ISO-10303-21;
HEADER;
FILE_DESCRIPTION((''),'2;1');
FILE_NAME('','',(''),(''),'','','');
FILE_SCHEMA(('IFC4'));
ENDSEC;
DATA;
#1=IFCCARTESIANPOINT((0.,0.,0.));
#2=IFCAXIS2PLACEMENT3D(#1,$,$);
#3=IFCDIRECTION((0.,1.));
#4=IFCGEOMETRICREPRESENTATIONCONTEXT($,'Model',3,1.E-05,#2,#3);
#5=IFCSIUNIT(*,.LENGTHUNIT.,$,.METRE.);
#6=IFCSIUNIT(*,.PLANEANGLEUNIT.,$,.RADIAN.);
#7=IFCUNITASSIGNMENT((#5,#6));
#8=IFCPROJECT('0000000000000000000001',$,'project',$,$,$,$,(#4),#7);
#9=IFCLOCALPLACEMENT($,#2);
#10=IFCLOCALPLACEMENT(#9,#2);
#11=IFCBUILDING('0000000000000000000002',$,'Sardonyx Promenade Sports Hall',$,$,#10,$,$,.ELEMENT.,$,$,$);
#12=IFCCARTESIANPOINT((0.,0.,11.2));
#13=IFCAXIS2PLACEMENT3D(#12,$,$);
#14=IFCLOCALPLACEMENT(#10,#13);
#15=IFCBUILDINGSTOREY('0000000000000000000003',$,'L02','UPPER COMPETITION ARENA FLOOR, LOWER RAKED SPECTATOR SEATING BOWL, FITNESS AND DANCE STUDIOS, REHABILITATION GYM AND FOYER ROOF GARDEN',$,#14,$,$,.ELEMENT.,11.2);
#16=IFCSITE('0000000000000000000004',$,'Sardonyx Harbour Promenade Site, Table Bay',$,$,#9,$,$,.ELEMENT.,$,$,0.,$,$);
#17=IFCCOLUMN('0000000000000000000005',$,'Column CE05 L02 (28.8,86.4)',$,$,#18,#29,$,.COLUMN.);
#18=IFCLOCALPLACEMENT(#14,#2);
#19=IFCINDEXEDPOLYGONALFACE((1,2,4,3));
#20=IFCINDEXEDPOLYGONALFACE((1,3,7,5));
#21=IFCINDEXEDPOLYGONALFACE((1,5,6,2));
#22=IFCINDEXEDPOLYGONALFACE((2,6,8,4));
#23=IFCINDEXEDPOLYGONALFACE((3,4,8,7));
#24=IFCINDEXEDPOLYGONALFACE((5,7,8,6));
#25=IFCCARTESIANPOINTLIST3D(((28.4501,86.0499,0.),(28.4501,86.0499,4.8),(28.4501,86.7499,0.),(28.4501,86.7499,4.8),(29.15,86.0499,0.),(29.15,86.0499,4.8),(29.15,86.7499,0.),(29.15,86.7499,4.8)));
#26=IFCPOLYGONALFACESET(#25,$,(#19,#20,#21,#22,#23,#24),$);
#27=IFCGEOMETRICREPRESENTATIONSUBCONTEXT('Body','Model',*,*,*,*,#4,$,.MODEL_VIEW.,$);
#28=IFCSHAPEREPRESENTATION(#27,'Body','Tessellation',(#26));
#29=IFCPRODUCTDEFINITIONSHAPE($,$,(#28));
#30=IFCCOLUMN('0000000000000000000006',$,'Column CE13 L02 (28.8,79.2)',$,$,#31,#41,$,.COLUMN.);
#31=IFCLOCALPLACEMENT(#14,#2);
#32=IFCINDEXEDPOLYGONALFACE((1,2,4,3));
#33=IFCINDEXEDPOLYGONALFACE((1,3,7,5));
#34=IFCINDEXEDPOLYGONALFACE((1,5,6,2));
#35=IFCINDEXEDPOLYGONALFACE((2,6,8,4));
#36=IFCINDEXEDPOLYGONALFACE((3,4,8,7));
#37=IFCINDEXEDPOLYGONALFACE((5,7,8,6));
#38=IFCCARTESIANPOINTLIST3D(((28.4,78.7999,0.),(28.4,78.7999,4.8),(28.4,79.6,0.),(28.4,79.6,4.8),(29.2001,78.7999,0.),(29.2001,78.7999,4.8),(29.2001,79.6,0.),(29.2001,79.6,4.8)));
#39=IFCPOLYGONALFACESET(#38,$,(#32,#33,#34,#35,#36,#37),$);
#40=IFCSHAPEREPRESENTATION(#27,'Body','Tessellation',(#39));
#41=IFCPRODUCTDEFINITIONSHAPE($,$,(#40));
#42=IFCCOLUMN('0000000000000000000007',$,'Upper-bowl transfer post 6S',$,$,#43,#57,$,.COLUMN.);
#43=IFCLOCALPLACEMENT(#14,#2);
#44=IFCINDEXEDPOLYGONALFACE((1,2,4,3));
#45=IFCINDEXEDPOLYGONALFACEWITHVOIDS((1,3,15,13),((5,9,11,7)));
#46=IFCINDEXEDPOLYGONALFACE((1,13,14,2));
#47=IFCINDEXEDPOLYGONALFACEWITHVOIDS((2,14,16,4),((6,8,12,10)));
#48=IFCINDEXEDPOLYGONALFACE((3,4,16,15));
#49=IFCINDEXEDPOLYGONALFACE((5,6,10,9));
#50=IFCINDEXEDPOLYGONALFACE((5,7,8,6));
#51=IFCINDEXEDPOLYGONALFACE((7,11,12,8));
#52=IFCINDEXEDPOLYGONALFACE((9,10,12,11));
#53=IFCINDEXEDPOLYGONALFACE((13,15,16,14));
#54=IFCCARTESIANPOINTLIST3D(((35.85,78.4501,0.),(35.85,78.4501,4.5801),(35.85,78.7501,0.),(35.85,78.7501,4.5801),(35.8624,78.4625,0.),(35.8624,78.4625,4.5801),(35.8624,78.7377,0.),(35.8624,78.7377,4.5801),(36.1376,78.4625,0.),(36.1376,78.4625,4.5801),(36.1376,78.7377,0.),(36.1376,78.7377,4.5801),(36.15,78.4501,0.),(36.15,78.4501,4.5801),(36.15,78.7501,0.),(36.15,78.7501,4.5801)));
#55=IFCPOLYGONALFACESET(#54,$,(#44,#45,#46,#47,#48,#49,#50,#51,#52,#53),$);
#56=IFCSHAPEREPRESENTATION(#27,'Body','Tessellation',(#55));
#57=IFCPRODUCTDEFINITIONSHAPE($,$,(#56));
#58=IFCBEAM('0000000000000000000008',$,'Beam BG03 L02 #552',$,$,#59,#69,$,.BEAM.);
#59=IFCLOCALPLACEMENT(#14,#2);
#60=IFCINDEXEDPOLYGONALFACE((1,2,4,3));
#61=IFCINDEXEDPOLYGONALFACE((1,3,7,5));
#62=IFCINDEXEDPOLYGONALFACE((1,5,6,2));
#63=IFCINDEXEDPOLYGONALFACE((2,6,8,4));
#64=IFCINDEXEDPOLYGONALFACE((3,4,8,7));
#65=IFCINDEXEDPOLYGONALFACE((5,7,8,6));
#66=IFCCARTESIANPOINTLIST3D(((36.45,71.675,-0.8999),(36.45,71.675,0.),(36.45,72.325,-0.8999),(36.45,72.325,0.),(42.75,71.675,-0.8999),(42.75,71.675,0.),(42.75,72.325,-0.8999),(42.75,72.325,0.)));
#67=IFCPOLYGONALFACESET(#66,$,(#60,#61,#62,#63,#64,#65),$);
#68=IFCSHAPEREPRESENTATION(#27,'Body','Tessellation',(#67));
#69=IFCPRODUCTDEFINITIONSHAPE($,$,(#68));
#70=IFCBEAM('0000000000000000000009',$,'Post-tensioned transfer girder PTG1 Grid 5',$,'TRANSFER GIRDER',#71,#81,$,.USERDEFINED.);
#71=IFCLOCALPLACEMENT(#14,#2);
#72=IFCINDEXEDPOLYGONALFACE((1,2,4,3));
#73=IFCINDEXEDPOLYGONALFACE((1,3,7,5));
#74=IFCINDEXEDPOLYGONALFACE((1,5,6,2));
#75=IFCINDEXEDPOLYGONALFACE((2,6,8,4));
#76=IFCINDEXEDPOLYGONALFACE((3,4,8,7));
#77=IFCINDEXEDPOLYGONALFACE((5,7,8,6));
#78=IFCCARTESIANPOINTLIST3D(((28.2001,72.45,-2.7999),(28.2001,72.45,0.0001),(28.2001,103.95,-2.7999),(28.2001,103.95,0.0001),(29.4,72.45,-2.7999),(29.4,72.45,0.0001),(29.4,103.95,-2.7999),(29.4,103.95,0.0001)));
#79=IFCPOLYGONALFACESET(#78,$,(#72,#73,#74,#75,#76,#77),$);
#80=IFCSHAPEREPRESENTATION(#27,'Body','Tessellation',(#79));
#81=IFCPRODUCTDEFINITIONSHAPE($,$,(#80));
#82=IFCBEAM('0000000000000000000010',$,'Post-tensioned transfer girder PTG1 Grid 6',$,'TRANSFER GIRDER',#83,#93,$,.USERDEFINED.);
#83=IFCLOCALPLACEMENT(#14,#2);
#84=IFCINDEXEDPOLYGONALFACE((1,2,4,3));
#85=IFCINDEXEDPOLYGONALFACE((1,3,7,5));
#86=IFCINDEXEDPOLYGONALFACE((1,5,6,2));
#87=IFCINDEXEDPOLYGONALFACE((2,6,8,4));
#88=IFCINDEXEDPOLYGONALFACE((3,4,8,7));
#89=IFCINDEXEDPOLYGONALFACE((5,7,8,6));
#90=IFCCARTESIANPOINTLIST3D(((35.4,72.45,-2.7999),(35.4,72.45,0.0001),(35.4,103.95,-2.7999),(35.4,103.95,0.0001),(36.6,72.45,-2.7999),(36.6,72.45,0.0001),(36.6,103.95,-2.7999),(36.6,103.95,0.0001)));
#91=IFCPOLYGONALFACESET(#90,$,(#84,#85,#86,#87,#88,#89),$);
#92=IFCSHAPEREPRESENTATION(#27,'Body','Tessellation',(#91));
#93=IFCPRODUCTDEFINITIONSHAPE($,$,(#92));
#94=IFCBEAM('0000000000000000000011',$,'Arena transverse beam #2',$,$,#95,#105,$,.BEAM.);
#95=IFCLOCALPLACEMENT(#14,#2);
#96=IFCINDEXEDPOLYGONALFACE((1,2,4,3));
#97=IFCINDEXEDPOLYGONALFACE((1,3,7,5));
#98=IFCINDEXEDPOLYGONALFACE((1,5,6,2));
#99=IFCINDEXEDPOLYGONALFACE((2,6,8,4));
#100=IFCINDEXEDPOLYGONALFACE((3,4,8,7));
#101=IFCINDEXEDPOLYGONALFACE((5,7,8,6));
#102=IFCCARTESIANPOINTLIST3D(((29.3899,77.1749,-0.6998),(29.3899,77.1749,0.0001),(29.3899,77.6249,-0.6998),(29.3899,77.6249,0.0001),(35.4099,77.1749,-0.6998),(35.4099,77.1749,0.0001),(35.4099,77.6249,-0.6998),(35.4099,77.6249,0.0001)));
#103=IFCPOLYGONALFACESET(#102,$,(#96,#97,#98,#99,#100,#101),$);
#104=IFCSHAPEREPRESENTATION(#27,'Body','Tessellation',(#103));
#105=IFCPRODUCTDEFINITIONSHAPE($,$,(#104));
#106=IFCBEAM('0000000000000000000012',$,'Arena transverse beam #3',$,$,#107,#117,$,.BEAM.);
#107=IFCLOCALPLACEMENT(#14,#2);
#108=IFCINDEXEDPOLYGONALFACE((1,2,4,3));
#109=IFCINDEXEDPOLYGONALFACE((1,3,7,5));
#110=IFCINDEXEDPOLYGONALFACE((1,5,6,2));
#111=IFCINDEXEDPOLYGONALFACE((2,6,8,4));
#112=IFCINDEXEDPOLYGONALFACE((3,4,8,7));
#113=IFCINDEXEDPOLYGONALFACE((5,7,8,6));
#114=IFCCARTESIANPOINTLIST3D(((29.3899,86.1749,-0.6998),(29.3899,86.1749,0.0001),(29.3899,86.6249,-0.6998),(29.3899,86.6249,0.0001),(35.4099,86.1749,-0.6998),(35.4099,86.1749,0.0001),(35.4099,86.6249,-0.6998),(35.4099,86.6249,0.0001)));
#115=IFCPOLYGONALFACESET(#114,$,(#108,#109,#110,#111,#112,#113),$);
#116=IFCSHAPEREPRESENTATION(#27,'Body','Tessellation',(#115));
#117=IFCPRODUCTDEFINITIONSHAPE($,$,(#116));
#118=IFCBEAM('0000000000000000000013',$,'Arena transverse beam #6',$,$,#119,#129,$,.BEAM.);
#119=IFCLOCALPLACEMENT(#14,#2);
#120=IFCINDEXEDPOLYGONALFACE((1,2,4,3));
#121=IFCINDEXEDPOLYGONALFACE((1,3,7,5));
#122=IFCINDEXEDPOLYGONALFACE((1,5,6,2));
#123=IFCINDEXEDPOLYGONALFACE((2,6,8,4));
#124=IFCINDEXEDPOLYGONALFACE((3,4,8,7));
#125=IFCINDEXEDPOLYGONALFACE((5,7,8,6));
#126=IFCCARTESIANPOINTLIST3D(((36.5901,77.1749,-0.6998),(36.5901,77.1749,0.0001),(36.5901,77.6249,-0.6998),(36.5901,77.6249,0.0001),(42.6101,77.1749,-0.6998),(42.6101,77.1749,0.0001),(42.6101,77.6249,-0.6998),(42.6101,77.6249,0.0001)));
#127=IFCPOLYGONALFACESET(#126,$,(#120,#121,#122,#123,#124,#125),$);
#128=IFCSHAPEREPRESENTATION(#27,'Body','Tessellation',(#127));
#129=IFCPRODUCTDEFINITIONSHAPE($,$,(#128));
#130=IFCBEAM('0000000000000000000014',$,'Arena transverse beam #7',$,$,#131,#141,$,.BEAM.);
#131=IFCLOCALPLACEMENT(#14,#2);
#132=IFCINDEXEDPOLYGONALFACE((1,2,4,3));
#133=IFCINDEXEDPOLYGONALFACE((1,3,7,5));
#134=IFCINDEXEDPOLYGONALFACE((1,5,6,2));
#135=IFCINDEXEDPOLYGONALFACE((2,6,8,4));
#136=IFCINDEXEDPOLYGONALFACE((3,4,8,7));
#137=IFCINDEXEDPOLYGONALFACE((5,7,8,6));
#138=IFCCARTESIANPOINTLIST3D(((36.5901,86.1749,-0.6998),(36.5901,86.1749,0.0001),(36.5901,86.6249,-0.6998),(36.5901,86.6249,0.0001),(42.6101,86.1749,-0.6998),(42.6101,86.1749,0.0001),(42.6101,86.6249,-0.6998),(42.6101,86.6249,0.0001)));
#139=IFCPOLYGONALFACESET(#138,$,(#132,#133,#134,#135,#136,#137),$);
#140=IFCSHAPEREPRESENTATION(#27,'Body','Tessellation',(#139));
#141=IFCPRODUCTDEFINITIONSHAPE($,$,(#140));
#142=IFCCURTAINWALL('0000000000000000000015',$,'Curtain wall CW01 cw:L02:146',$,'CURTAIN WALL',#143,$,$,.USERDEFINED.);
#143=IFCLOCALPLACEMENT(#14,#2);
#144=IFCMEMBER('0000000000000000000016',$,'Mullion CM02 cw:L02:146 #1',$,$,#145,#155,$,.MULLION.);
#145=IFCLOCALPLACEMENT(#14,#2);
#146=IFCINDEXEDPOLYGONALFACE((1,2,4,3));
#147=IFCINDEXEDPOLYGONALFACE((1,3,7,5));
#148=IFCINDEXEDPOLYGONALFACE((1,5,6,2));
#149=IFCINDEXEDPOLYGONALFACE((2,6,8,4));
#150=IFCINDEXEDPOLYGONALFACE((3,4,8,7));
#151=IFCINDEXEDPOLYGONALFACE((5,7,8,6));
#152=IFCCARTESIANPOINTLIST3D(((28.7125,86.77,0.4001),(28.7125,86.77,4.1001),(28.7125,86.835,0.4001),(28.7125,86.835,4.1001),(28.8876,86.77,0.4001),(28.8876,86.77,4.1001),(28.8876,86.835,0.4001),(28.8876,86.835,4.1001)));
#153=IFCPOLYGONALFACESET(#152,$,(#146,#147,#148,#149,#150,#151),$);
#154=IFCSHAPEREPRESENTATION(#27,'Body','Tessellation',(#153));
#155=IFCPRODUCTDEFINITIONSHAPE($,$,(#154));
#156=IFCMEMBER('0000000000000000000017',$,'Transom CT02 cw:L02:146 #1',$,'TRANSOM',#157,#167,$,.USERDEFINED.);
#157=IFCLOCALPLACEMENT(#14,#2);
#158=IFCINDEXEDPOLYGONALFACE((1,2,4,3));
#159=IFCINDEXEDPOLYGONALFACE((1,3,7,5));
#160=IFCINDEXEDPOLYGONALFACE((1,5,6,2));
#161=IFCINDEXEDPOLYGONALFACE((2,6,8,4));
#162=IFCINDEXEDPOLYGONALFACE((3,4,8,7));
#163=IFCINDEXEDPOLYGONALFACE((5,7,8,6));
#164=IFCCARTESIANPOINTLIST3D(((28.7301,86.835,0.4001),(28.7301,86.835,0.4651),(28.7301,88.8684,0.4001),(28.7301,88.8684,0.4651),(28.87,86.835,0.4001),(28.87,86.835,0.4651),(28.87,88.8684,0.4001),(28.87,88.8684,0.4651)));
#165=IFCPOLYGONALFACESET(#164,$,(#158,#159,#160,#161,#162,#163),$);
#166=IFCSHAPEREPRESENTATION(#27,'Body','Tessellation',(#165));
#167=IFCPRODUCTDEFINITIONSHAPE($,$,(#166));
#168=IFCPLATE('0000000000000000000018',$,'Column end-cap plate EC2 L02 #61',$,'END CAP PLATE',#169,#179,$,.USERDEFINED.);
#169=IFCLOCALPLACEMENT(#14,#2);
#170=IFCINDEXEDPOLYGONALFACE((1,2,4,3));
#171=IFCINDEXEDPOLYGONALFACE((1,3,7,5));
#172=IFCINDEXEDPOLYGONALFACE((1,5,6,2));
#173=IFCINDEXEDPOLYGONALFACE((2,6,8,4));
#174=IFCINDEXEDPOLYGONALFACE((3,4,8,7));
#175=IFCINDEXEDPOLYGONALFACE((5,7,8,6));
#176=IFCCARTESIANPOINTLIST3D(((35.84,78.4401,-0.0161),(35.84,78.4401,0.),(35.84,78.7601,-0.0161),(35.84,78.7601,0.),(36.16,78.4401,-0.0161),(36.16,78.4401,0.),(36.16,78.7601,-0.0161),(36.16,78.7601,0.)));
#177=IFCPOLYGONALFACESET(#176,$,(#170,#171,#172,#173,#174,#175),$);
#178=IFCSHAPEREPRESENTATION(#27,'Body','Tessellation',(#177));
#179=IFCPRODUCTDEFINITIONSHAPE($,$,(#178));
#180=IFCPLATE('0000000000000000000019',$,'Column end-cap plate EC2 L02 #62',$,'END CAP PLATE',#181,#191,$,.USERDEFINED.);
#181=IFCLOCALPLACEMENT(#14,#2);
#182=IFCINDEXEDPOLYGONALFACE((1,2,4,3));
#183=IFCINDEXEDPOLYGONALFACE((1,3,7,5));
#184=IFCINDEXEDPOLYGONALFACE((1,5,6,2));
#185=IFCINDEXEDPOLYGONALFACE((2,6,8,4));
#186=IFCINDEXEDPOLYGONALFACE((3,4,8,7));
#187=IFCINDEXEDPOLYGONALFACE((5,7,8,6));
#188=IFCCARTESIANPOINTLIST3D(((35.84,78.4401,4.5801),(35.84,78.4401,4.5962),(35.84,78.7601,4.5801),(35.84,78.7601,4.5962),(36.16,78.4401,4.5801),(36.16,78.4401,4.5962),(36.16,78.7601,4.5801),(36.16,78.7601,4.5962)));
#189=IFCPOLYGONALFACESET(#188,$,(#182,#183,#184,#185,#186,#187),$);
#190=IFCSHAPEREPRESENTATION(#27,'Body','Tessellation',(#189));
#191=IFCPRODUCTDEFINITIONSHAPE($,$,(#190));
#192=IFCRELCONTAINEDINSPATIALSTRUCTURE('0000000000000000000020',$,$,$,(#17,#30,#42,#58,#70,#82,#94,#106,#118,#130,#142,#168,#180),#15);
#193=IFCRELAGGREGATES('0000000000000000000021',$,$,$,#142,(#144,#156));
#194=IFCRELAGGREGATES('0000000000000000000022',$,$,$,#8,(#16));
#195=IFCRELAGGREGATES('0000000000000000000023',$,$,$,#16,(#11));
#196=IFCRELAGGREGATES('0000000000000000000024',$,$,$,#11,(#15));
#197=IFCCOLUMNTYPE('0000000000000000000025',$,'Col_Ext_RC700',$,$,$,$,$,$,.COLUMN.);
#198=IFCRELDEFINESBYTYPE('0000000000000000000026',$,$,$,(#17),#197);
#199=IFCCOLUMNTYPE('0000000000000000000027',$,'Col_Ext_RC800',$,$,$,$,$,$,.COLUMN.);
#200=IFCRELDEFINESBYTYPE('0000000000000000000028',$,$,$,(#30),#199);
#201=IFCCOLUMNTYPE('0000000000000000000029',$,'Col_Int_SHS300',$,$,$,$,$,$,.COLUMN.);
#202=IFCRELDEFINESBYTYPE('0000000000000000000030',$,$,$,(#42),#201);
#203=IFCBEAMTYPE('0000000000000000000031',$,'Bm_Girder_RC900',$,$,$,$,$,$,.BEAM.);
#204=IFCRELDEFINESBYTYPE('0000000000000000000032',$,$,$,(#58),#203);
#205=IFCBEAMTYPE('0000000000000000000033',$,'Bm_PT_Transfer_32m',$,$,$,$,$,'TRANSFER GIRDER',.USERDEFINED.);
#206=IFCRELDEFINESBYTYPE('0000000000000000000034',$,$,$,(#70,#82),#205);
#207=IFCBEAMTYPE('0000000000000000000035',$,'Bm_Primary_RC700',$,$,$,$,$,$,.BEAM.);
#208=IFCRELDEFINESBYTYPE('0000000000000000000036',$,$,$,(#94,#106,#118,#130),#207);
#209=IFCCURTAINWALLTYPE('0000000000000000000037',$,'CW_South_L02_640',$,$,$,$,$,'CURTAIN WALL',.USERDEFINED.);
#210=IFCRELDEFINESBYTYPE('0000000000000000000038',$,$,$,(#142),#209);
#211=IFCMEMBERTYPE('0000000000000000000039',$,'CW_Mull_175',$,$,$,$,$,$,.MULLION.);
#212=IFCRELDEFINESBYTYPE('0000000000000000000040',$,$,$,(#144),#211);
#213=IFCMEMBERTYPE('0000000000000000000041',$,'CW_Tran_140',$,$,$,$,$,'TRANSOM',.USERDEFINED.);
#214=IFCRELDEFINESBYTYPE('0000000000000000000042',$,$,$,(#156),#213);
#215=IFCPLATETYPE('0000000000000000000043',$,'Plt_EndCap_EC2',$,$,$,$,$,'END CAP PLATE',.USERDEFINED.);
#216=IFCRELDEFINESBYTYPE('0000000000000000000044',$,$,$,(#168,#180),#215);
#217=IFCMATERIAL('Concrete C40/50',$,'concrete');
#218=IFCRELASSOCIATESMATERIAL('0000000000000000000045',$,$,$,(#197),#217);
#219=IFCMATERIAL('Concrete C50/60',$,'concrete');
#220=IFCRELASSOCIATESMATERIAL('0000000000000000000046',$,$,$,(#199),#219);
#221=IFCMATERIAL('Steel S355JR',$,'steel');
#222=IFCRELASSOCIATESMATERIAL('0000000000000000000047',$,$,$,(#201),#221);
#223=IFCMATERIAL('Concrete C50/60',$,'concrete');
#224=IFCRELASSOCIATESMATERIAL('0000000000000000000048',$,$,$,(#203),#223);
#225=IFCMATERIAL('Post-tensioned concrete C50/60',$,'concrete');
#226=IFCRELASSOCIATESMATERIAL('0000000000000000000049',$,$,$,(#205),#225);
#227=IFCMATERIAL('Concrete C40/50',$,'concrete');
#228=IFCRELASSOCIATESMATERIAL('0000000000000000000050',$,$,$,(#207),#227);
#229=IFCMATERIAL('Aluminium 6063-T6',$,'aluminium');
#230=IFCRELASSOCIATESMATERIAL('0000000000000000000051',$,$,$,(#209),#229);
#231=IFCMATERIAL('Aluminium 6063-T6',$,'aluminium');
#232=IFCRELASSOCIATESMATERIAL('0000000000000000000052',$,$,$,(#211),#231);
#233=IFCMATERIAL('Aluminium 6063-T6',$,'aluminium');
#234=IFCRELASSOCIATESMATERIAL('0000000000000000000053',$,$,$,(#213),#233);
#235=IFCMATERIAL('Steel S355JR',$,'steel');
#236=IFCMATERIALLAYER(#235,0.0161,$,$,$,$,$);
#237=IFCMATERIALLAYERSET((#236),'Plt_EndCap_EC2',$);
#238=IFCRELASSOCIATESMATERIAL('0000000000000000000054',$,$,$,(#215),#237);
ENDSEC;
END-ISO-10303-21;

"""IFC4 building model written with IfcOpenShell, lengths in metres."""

from ifc_helpers import new_model, si_unit, direction, frame, origin, origin_2d, place, context, subcontext, project, spatial, rectangle, hollow_rectangle, extrude, material, layer, layer_set, material_profile, profile_set, type_object, element, aggregate, save


model = new_model("IFC4")

# Units and contexts
model_context = context("Model", 3, precision=1e-05, world=origin(), true_north=direction((0.0, 1.0)))
body_context = subcontext(model_context, "Body", "Model", "MODEL_VIEW")
ifc_project = project(units=[si_unit("LENGTHUNIT", "METRE"), si_unit("PLANEANGLEUNIT", "RADIAN")], contexts=[model_context])

# Site, building, storey
site_placement = place(None, origin())
site = spatial("IfcSite", under=ifc_project, at=site_placement, Name="Sardonyx Harbour Promenade Site, Table Bay", CompositionType="ELEMENT", RefElevation=0.0)
building_placement = place(site_placement, origin())
building = spatial("IfcBuilding", under=site, at=building_placement, Name="Sardonyx Promenade Sports Hall", CompositionType="ELEMENT")
storey_placement = place(building_placement, frame((0.0, 0.0, 11.2)))
storey = spatial("IfcBuildingStorey", under=building, at=storey_placement, Name="L02", Description="UPPER COMPETITION ARENA FLOOR, LOWER RAKED SPECTATOR SEATING BOWL, FITNESS AND DANCE STUDIOS, REHABILITATION GYM AND FOYER ROOF GARDEN", CompositionType="ELEMENT", Elevation=11.2)

# Columns
ifc_material_1 = material(Name="Concrete C40/50", Category="concrete")
ifc_material_profile_1 = material_profile(ifc_material_1, rectangle(XDim=0.7, YDim=0.7, at=origin_2d()))
ifc_profile_set_1 = profile_set([ifc_material_profile_1], Name="Concrete C40/50")
column_type_1 = type_object("IfcColumnType", Name="Col_Ext_RC700", PredefinedType="COLUMN", material=ifc_profile_set_1)
column_1_placement = place(storey_placement, frame((28.8, 86.3999, 0.0), z_axis=(0.0, 0.0, 1.0), x_axis=(1.0, 0.0, 0.0)))
element("IfcColumn", 1, at=column_1_placement, inside=storey, type_object=column_type_1, Name="Column CE05 L02 (28.8,86.4)", PredefinedType="COLUMN", context=body_context, shape_type="SweptSolid", body=[
    extrude(rectangle(XDim=0.7, YDim=0.7, at=origin_2d()), origin(), (0.0, 0.0, 1.0), 4.8),
])
ifc_material_2 = material(Name="Concrete C50/60", Category="concrete")
ifc_material_profile_2 = material_profile(ifc_material_2, rectangle(XDim=0.8, YDim=0.8, at=origin_2d()))
ifc_profile_set_2 = profile_set([ifc_material_profile_2], Name="Concrete C50/60")
column_type_2 = type_object("IfcColumnType", Name="Col_Ext_RC800", PredefinedType="COLUMN", material=ifc_profile_set_2)
column_2_placement = place(storey_placement, frame((28.8, 79.2, 0.0), z_axis=(0.0, 0.0, 1.0), x_axis=(1.0, 0.0, 0.0)))
element("IfcColumn", 2, at=column_2_placement, inside=storey, type_object=column_type_2, Name="Column CE13 L02 (28.8,79.2)", PredefinedType="COLUMN", context=body_context, shape_type="SweptSolid", body=[
    extrude(rectangle(XDim=0.8, YDim=0.8, at=origin_2d()), origin(), (0.0, 0.0, 1.0), 4.8),
])
ifc_material_3 = material(Name="Steel S355JR", Category="steel")
ifc_material_profile_3 = material_profile(ifc_material_3, hollow_rectangle(XDim=0.3, YDim=0.3, WallThickness=0.0125, at=origin_2d()))
ifc_profile_set_3 = profile_set([ifc_material_profile_3], Name="Steel S355JR")
column_type_3 = type_object("IfcColumnType", Name="Col_Int_SHS300", PredefinedType="COLUMN", material=ifc_profile_set_3)
column_3_placement = place(storey_placement, frame((36.0, 78.6001, 0.0), z_axis=(0.0, 0.0, 1.0), x_axis=(1.0, 0.0, 0.0)))
element("IfcColumn", 3, at=column_3_placement, inside=storey, type_object=column_type_3, Name="Upper-bowl transfer post 6S", PredefinedType="COLUMN", context=body_context, shape_type="SweptSolid", body=[
    extrude(hollow_rectangle(XDim=0.3, YDim=0.3, WallThickness=0.0125, at=origin_2d()), origin(), (0.0, 0.0, 1.0), 4.5801),
])

# Beams
ifc_material_4 = material(Name="Concrete C50/60", Category="concrete")
ifc_material_profile_4 = material_profile(ifc_material_4, rectangle(XDim=0.6499, YDim=0.8999, at=origin_2d()))
ifc_profile_set_4 = profile_set([ifc_material_profile_4], Name="Concrete C50/60")
beam_type_1 = type_object("IfcBeamType", Name="Bm_Girder_RC900", PredefinedType="BEAM", material=ifc_profile_set_4)
beam_placement = place(storey_placement, frame((36.45, 72.0, -0.45), z_axis=(1.0, 0.0, 0.0), x_axis=(0.0, 1.0, 0.0)))
element("IfcBeam", 4, at=beam_placement, inside=storey, type_object=beam_type_1, Name="Beam BG03 L02 #552", PredefinedType="BEAM", context=body_context, shape_type="SweptSolid", body=[
    extrude(rectangle(XDim=0.6499, YDim=0.8999, at=origin_2d()), origin(), (0.0, 0.0, 1.0), 6.3),
])
ifc_material_5 = material(Name="Post-tensioned concrete C50/60", Category="concrete")
ifc_material_profile_5 = material_profile(ifc_material_5, rectangle(XDim=1.2, YDim=2.8, at=origin_2d()))
ifc_profile_set_5 = profile_set([ifc_material_profile_5], Name="Post-tensioned concrete C50/60")
beam_type_2 = type_object("IfcBeamType", Name="Bm_PT_Transfer_32m", ElementType="TRANSFER GIRDER", PredefinedType="USERDEFINED", material=ifc_profile_set_5)
for number, where, z_axis, x_axis, name in (
    (5, (28.8, 72.45, -1.3999), (0.0, 1.0, 0.0), (-1.0, 0.0, 0.0), "Post-tensioned transfer girder PTG1 Grid 5"),
    (6, (36.0, 72.45, -1.3999), (0.0, 1.0, 0.0), (-1.0, 0.0, 0.0), "Post-tensioned transfer girder PTG1 Grid 6"),
):
    element("IfcBeam", number, at=place(storey_placement, frame(where, z_axis=z_axis, x_axis=x_axis)), inside=storey, type_object=beam_type_2, Name=name, ObjectType="TRANSFER GIRDER", PredefinedType="USERDEFINED", context=body_context, shape_type="SweptSolid", body=[
        extrude(rectangle(XDim=1.2, YDim=2.8, at=origin_2d()), origin(), (0.0, 0.0, 1.0), 31.5),
    ])
ifc_material_6 = material(Name="Concrete C40/50", Category="concrete")
ifc_material_profile_6 = material_profile(ifc_material_6, rectangle(XDim=0.45, YDim=0.7, at=origin_2d()))
ifc_profile_set_6 = profile_set([ifc_material_profile_6], Name="Concrete C40/50")
beam_type_3 = type_object("IfcBeamType", Name="Bm_Primary_RC700", PredefinedType="BEAM", material=ifc_profile_set_6)
for number, where, z_axis, x_axis, name in (
    (7, (29.3899, 77.3999, -0.3499), (1.0, 0.0, 0.0), (0.0, 1.0, 0.0), "Arena transverse beam #2"),
    (8, (29.3899, 86.3999, -0.3499), (1.0, 0.0, 0.0), (0.0, 1.0, 0.0), "Arena transverse beam #3"),
    (9, (36.5901, 77.3999, -0.3499), (1.0, 0.0, 0.0), (0.0, 1.0, 0.0), "Arena transverse beam #6"),
    (10, (36.5901, 86.3999, -0.3499), (1.0, 0.0, 0.0), (0.0, 1.0, 0.0), "Arena transverse beam #7"),
):
    element("IfcBeam", number, at=place(storey_placement, frame(where, z_axis=z_axis, x_axis=x_axis)), inside=storey, type_object=beam_type_3, Name=name, PredefinedType="BEAM", context=body_context, shape_type="SweptSolid", body=[
        extrude(rectangle(XDim=0.45, YDim=0.7, at=origin_2d()), origin(), (0.0, 0.0, 1.0), 6.02),
    ])

# Curtain wall, members
ifc_material_7 = material(Name="Aluminium 6063-T6", Category="aluminium")
curtain_wall_type = type_object("IfcCurtainWallType", Name="CW_South_L02_640", ElementType="CURTAIN WALL", PredefinedType="USERDEFINED", material=ifc_material_7)
curtain_wall_placement = place(storey_placement, origin())
curtain_wall = element("IfcCurtainWall", 11, at=curtain_wall_placement, inside=storey, type_object=curtain_wall_type, Name="Curtain wall CW01 cw:L02:146", ObjectType="CURTAIN WALL", PredefinedType="USERDEFINED")
ifc_material_8 = material(Name="Aluminium 6063-T6", Category="aluminium")
ifc_material_profile_7 = material_profile(ifc_material_8, rectangle(XDim=0.0649, YDim=0.175, at=origin_2d()))
ifc_profile_set_7 = profile_set([ifc_material_profile_7], Name="Aluminium 6063-T6")
member_type_1 = type_object("IfcMemberType", Name="CW_Mull_175", PredefinedType="MULLION", material=ifc_profile_set_7)
member_1_placement = place(storey_placement, frame((28.8, 86.8025, 0.4001), z_axis=(0.0, 0.0, 1.0), x_axis=(0.0, 1.0, 0.0)))
member_1 = element("IfcMember", 12, at=member_1_placement, type_object=member_type_1, Name="Mullion CM02 cw:L02:146 #1", PredefinedType="MULLION", context=body_context, shape_type="SweptSolid", body=[
    extrude(rectangle(XDim=0.0649, YDim=0.175, at=origin_2d()), origin(), (0.0, 0.0, 1.0), 3.7),
])
ifc_material_9 = material(Name="Aluminium 6063-T6", Category="aluminium")
ifc_material_profile_8 = material_profile(ifc_material_9, rectangle(XDim=0.0649, YDim=0.1399, at=origin_2d()))
ifc_profile_set_8 = profile_set([ifc_material_profile_8], Name="Aluminium 6063-T6")
member_type_2 = type_object("IfcMemberType", Name="CW_Tran_140", ElementType="TRANSOM", PredefinedType="USERDEFINED", material=ifc_profile_set_8)
member_2_placement = place(storey_placement, frame((28.8, 86.835, 0.4326), z_axis=(0.0, 1.0, 0.0), x_axis=(0.0, 0.0, 1.0)))
member_2 = element("IfcMember", 13, at=member_2_placement, type_object=member_type_2, Name="Transom CT02 cw:L02:146 #1", ObjectType="TRANSOM", PredefinedType="USERDEFINED", context=body_context, shape_type="SweptSolid", body=[
    extrude(rectangle(XDim=0.0649, YDim=0.1399, at=origin_2d()), origin(), (0.0, 0.0, 1.0), 2.0334),
])
aggregate(curtain_wall, [member_1, member_2])

# Plates
ifc_material_10 = material(Name="Steel S355JR", Category="steel")
ifc_layer_1 = layer(ifc_material_10, 0.0161)
ifc_layer_set_1 = layer_set([ifc_layer_1], Name="Plt_EndCap_EC2")
plate_type = type_object("IfcPlateType", Name="Plt_EndCap_EC2", ElementType="END CAP PLATE", PredefinedType="USERDEFINED", material=ifc_layer_set_1)
for number, where, z_axis, x_axis, name in (
    (14, (36.0, 78.6001, -0.0161), (0.0, 0.0, 1.0), (1.0, 0.0, 0.0), "Column end-cap plate EC2 L02 #61"),
    (15, (36.0, 78.6001, 4.5801), (0.0, 0.0, 1.0), (1.0, 0.0, 0.0), "Column end-cap plate EC2 L02 #62"),
):
    element("IfcPlate", number, at=place(storey_placement, frame(where, z_axis=z_axis, x_axis=x_axis)), inside=storey, type_object=plate_type, Name=name, ObjectType="END CAP PLATE", PredefinedType="USERDEFINED", context=body_context, shape_type="SweptSolid", body=[
        extrude(rectangle(XDim=0.3201, YDim=0.3201, at=origin_2d()), origin(), (0.0, 0.0, 1.0), 0.0161),
    ])

save(model, "model.ifc")
